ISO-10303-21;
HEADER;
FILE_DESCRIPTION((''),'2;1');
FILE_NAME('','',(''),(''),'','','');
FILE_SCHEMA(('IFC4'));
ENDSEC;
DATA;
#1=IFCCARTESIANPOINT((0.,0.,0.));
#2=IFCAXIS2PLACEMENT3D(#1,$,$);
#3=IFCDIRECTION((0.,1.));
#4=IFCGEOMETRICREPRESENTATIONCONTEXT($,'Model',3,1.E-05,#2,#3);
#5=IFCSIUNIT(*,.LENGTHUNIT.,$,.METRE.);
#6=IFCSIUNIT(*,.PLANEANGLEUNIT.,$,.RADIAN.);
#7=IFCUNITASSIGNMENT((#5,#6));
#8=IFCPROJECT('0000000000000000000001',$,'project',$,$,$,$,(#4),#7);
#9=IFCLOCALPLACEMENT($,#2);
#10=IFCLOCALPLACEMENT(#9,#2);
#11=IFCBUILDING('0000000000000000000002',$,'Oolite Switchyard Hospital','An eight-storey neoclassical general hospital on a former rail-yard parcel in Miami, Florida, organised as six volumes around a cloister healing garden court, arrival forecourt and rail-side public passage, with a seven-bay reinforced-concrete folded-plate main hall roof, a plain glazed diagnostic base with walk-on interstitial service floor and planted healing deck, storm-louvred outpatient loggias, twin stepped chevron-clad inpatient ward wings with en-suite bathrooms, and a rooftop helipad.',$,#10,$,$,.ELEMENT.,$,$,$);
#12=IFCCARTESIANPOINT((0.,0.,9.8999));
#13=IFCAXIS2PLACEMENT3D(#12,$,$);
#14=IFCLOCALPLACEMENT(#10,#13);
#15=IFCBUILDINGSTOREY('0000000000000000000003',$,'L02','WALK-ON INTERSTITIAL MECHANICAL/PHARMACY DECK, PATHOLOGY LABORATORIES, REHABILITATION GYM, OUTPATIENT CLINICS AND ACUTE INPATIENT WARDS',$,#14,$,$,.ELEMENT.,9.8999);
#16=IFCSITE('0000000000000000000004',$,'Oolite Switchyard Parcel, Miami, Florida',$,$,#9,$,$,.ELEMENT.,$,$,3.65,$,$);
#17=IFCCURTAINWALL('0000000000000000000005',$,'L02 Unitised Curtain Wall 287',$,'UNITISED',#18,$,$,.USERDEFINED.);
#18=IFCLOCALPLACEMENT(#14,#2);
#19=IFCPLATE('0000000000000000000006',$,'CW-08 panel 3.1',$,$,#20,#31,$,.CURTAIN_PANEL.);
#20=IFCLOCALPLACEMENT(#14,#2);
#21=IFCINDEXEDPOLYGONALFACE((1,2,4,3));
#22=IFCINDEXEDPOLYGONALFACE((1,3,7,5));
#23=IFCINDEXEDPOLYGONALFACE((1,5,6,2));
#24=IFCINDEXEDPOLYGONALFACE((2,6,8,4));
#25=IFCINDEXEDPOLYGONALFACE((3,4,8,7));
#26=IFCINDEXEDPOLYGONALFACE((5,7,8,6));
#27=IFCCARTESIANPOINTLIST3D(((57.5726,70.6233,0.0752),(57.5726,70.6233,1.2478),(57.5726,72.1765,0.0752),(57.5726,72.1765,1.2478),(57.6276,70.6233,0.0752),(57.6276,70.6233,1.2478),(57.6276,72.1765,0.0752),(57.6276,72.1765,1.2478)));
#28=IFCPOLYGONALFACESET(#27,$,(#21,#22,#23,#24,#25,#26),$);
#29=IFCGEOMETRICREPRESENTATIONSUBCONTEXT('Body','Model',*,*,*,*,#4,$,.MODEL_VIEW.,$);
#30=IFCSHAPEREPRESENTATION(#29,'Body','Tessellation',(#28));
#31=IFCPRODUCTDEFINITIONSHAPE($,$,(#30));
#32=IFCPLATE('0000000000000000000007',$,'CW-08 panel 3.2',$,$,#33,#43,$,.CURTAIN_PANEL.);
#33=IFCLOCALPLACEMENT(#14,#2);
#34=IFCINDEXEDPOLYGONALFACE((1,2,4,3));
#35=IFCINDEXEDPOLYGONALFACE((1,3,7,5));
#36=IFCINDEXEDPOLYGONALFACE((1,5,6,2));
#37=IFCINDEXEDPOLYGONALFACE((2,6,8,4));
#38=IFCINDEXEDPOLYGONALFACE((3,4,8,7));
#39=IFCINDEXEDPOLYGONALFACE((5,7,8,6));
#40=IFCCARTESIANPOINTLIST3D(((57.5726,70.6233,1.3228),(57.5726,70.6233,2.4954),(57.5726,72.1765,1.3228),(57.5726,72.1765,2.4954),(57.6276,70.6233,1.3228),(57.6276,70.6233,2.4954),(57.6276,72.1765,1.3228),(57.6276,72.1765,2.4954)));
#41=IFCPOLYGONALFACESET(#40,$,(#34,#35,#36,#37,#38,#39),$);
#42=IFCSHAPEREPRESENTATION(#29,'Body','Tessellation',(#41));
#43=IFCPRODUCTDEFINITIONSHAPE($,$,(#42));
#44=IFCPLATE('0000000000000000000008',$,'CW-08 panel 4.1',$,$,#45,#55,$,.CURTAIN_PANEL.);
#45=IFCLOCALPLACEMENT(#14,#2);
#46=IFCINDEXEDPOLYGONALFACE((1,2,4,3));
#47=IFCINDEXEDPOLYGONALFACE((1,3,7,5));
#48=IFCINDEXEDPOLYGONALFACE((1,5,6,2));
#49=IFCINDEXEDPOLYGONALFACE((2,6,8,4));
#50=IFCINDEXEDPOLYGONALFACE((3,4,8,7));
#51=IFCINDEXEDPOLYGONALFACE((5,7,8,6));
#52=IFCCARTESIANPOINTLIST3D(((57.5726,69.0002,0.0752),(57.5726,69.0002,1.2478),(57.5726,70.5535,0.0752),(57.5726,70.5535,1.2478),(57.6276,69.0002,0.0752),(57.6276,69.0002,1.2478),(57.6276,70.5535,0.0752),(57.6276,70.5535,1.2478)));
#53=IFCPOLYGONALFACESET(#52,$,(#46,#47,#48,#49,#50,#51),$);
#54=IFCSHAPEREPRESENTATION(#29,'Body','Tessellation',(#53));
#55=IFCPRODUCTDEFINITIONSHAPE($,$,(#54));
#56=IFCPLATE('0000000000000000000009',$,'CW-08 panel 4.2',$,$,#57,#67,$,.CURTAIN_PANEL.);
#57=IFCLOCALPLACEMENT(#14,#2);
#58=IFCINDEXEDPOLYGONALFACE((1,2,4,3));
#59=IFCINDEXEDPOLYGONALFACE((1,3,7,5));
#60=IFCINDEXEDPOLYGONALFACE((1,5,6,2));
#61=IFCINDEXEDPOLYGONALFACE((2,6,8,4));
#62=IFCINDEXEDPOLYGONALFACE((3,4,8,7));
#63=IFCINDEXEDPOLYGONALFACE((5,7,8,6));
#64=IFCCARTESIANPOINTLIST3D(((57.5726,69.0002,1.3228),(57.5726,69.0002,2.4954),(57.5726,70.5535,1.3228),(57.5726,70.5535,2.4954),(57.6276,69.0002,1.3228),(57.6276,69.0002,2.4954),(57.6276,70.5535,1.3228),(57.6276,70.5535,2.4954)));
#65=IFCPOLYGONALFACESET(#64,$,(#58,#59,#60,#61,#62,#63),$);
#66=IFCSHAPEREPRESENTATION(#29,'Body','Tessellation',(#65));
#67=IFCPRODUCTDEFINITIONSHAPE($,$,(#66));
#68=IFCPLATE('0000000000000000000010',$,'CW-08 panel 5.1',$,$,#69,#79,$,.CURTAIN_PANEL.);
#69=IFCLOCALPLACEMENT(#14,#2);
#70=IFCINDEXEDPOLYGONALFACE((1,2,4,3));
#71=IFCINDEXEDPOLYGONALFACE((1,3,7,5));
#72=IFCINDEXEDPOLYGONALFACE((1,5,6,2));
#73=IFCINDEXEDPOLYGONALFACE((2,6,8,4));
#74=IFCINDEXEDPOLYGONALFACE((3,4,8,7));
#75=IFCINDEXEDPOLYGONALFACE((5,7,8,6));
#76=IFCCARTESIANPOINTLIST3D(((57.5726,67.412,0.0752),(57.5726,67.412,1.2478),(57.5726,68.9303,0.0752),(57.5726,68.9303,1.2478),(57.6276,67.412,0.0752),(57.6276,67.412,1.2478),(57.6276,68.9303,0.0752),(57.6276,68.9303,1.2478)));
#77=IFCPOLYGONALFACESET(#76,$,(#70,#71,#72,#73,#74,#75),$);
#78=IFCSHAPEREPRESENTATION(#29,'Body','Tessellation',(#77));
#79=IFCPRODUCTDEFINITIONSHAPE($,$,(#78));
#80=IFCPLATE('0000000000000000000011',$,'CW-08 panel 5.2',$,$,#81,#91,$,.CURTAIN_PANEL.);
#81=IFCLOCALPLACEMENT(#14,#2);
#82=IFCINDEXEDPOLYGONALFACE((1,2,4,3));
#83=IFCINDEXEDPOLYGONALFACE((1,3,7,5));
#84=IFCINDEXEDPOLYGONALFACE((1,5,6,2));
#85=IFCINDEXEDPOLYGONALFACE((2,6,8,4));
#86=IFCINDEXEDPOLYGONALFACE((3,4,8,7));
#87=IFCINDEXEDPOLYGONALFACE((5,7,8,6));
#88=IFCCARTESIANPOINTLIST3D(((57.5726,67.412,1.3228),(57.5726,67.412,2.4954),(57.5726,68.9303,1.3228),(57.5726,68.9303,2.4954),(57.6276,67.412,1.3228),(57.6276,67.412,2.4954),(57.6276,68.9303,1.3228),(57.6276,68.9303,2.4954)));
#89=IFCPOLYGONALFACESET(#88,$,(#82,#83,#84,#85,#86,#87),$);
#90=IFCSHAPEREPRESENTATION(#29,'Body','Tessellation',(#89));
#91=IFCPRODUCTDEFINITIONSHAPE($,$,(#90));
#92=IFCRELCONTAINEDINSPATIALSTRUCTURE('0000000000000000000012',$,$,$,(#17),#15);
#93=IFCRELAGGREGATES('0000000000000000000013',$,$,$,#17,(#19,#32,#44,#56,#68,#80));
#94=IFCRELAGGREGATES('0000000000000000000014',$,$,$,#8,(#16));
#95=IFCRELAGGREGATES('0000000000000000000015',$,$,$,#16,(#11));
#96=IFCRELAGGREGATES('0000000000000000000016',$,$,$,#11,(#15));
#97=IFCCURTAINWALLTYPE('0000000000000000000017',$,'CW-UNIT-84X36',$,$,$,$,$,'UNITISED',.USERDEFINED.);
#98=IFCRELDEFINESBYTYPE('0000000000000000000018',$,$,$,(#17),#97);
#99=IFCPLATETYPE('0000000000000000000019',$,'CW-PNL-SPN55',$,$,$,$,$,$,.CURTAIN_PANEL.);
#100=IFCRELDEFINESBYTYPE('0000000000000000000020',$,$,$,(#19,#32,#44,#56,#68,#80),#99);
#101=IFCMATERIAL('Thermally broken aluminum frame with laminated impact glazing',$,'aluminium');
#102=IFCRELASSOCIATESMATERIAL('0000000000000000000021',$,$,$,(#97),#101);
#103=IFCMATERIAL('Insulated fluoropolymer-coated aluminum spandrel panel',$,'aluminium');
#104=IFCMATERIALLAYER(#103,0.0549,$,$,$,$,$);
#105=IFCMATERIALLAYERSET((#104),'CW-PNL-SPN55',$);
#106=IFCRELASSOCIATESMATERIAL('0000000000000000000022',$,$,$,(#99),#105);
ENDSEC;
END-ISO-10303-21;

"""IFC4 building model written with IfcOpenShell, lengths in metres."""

from ifc_helpers import new_model, si_unit, direction, frame, origin, origin_2d, place, context, subcontext, project, spatial, rectangle, extrude, material, layer, layer_set, type_object, element, aggregate, save


model = new_model("IFC4")

# Units and contexts
model_context = context("Model", 3, precision=1e-05, world=origin(), true_north=direction((0.0, 1.0)))
body_context = subcontext(model_context, "Body", "Model", "MODEL_VIEW")
ifc_project = project(units=[si_unit("LENGTHUNIT", "METRE"), si_unit("PLANEANGLEUNIT", "RADIAN")], contexts=[model_context])

# Site, building, storey
site_placement = place(None, origin())
site = spatial("IfcSite", under=ifc_project, at=site_placement, Name="Oolite Switchyard Parcel, Miami, Florida", CompositionType="ELEMENT", RefElevation=3.65)
building_placement = place(site_placement, origin())
building = spatial("IfcBuilding", under=site, at=building_placement, Name="Oolite Switchyard Hospital", Description="An eight-storey neoclassical general hospital on a former rail-yard parcel in Miami, Florida, organised as six volumes around a cloister healing garden court, arrival forecourt and rail-side public passage, with a seven-bay reinforced-concrete folded-plate main hall roof, a plain glazed diagnostic base with walk-on interstitial service floor and planted healing deck, storm-louvred outpatient loggias, twin stepped chevron-clad inpatient ward wings with en-suite bathrooms, and a rooftop helipad.", CompositionType="ELEMENT")
storey_placement = place(building_placement, frame((0.0, 0.0, 9.8999)))
storey = spatial("IfcBuildingStorey", under=building, at=storey_placement, Name="L02", Description="WALK-ON INTERSTITIAL MECHANICAL/PHARMACY DECK, PATHOLOGY LABORATORIES, REHABILITATION GYM, OUTPATIENT CLINICS AND ACUTE INPATIENT WARDS", CompositionType="ELEMENT", Elevation=9.8999)

# Curtain wall, plates
ifc_material_1 = material(Name="Thermally broken aluminum frame with laminated impact glazing", Category="aluminium")
curtain_wall_type = type_object("IfcCurtainWallType", Name="CW-UNIT-84X36", ElementType="UNITISED", PredefinedType="USERDEFINED", material=ifc_material_1)
curtain_wall_placement = place(storey_placement, origin())
curtain_wall = element("IfcCurtainWall", 1, at=curtain_wall_placement, inside=storey, type_object=curtain_wall_type, Name="L02 Unitised Curtain Wall 287", ObjectType="UNITISED", PredefinedType="USERDEFINED")
ifc_material_2 = material(Name="Insulated fluoropolymer-coated aluminum spandrel panel", Category="aluminium")
ifc_layer = layer(ifc_material_2, 0.0549)
ifc_layer_set = layer_set([ifc_layer], Name="CW-PNL-SPN55")
plate_type = type_object("IfcPlateType", Name="CW-PNL-SPN55", PredefinedType="CURTAIN_PANEL", material=ifc_layer_set)
plate_1_placement = place(storey_placement, frame((57.6001, 71.3999, 0.0752), z_axis=(0.0, 0.0, 1.0), x_axis=(0.0, -1.0, 0.0)))
plate_1 = element("IfcPlate", 2, at=plate_1_placement, type_object=plate_type, Name="CW-08 panel 3.1", PredefinedType="CURTAIN_PANEL", context=body_context, shape_type="SweptSolid", body=[
    extrude(rectangle(XDim=1.5532, YDim=0.0549, at=origin_2d()), origin(), (0.0, 0.0, 1.0), 1.1726),
])
plate_2_placement = place(storey_placement, frame((57.6001, 71.3999, 1.3228), z_axis=(0.0, 0.0, 1.0), x_axis=(0.0, -1.0, 0.0)))
plate_2 = element("IfcPlate", 3, at=plate_2_placement, type_object=plate_type, Name="CW-08 panel 3.2", PredefinedType="CURTAIN_PANEL", context=body_context, shape_type="SweptSolid", body=[
    extrude(rectangle(XDim=1.5532, YDim=0.0549, at=origin_2d()), origin(), (0.0, 0.0, 1.0), 1.1726),
])
plate_3_placement = place(storey_placement, frame((57.6001, 69.7769, 0.0752), z_axis=(0.0, 0.0, 1.0), x_axis=(0.0, -1.0, 0.0)))
plate_3 = element("IfcPlate", 4, at=plate_3_placement, type_object=plate_type, Name="CW-08 panel 4.1", PredefinedType="CURTAIN_PANEL", context=body_context, shape_type="SweptSolid", body=[
    extrude(rectangle(XDim=1.5532, YDim=0.0549, at=origin_2d()), origin(), (0.0, 0.0, 1.0), 1.1726),
])
plate_4_placement = place(storey_placement, frame((57.6001, 69.7769, 1.3228), z_axis=(0.0, 0.0, 1.0), x_axis=(0.0, -1.0, 0.0)))
plate_4 = element("IfcPlate", 5, at=plate_4_placement, type_object=plate_type, Name="CW-08 panel 4.2", PredefinedType="CURTAIN_PANEL", context=body_context, shape_type="SweptSolid", body=[
    extrude(rectangle(XDim=1.5532, YDim=0.0549, at=origin_2d()), origin(), (0.0, 0.0, 1.0), 1.1726),
])
plate_5_placement = place(storey_placement, frame((57.6001, 68.1711, 0.0752), z_axis=(0.0, 0.0, 1.0), x_axis=(0.0, -1.0, 0.0)))
plate_5 = element("IfcPlate", 6, at=plate_5_placement, type_object=plate_type, Name="CW-08 panel 5.1", PredefinedType="CURTAIN_PANEL", context=body_context, shape_type="SweptSolid", body=[
    extrude(rectangle(XDim=1.5183, YDim=0.0549, at=origin_2d()), origin(), (0.0, 0.0, 1.0), 1.1726),
])
plate_6_placement = place(storey_placement, frame((57.6001, 68.1711, 1.3228), z_axis=(0.0, 0.0, 1.0), x_axis=(0.0, -1.0, 0.0)))
plate_6 = element("IfcPlate", 7, at=plate_6_placement, type_object=plate_type, Name="CW-08 panel 5.2", PredefinedType="CURTAIN_PANEL", context=body_context, shape_type="SweptSolid", body=[
    extrude(rectangle(XDim=1.5183, YDim=0.0549, at=origin_2d()), origin(), (0.0, 0.0, 1.0), 1.1726),
])
aggregate(curtain_wall, [plate_1, plate_2, plate_3, plate_4, plate_5, plate_6])

save(model, "model.ifc")
